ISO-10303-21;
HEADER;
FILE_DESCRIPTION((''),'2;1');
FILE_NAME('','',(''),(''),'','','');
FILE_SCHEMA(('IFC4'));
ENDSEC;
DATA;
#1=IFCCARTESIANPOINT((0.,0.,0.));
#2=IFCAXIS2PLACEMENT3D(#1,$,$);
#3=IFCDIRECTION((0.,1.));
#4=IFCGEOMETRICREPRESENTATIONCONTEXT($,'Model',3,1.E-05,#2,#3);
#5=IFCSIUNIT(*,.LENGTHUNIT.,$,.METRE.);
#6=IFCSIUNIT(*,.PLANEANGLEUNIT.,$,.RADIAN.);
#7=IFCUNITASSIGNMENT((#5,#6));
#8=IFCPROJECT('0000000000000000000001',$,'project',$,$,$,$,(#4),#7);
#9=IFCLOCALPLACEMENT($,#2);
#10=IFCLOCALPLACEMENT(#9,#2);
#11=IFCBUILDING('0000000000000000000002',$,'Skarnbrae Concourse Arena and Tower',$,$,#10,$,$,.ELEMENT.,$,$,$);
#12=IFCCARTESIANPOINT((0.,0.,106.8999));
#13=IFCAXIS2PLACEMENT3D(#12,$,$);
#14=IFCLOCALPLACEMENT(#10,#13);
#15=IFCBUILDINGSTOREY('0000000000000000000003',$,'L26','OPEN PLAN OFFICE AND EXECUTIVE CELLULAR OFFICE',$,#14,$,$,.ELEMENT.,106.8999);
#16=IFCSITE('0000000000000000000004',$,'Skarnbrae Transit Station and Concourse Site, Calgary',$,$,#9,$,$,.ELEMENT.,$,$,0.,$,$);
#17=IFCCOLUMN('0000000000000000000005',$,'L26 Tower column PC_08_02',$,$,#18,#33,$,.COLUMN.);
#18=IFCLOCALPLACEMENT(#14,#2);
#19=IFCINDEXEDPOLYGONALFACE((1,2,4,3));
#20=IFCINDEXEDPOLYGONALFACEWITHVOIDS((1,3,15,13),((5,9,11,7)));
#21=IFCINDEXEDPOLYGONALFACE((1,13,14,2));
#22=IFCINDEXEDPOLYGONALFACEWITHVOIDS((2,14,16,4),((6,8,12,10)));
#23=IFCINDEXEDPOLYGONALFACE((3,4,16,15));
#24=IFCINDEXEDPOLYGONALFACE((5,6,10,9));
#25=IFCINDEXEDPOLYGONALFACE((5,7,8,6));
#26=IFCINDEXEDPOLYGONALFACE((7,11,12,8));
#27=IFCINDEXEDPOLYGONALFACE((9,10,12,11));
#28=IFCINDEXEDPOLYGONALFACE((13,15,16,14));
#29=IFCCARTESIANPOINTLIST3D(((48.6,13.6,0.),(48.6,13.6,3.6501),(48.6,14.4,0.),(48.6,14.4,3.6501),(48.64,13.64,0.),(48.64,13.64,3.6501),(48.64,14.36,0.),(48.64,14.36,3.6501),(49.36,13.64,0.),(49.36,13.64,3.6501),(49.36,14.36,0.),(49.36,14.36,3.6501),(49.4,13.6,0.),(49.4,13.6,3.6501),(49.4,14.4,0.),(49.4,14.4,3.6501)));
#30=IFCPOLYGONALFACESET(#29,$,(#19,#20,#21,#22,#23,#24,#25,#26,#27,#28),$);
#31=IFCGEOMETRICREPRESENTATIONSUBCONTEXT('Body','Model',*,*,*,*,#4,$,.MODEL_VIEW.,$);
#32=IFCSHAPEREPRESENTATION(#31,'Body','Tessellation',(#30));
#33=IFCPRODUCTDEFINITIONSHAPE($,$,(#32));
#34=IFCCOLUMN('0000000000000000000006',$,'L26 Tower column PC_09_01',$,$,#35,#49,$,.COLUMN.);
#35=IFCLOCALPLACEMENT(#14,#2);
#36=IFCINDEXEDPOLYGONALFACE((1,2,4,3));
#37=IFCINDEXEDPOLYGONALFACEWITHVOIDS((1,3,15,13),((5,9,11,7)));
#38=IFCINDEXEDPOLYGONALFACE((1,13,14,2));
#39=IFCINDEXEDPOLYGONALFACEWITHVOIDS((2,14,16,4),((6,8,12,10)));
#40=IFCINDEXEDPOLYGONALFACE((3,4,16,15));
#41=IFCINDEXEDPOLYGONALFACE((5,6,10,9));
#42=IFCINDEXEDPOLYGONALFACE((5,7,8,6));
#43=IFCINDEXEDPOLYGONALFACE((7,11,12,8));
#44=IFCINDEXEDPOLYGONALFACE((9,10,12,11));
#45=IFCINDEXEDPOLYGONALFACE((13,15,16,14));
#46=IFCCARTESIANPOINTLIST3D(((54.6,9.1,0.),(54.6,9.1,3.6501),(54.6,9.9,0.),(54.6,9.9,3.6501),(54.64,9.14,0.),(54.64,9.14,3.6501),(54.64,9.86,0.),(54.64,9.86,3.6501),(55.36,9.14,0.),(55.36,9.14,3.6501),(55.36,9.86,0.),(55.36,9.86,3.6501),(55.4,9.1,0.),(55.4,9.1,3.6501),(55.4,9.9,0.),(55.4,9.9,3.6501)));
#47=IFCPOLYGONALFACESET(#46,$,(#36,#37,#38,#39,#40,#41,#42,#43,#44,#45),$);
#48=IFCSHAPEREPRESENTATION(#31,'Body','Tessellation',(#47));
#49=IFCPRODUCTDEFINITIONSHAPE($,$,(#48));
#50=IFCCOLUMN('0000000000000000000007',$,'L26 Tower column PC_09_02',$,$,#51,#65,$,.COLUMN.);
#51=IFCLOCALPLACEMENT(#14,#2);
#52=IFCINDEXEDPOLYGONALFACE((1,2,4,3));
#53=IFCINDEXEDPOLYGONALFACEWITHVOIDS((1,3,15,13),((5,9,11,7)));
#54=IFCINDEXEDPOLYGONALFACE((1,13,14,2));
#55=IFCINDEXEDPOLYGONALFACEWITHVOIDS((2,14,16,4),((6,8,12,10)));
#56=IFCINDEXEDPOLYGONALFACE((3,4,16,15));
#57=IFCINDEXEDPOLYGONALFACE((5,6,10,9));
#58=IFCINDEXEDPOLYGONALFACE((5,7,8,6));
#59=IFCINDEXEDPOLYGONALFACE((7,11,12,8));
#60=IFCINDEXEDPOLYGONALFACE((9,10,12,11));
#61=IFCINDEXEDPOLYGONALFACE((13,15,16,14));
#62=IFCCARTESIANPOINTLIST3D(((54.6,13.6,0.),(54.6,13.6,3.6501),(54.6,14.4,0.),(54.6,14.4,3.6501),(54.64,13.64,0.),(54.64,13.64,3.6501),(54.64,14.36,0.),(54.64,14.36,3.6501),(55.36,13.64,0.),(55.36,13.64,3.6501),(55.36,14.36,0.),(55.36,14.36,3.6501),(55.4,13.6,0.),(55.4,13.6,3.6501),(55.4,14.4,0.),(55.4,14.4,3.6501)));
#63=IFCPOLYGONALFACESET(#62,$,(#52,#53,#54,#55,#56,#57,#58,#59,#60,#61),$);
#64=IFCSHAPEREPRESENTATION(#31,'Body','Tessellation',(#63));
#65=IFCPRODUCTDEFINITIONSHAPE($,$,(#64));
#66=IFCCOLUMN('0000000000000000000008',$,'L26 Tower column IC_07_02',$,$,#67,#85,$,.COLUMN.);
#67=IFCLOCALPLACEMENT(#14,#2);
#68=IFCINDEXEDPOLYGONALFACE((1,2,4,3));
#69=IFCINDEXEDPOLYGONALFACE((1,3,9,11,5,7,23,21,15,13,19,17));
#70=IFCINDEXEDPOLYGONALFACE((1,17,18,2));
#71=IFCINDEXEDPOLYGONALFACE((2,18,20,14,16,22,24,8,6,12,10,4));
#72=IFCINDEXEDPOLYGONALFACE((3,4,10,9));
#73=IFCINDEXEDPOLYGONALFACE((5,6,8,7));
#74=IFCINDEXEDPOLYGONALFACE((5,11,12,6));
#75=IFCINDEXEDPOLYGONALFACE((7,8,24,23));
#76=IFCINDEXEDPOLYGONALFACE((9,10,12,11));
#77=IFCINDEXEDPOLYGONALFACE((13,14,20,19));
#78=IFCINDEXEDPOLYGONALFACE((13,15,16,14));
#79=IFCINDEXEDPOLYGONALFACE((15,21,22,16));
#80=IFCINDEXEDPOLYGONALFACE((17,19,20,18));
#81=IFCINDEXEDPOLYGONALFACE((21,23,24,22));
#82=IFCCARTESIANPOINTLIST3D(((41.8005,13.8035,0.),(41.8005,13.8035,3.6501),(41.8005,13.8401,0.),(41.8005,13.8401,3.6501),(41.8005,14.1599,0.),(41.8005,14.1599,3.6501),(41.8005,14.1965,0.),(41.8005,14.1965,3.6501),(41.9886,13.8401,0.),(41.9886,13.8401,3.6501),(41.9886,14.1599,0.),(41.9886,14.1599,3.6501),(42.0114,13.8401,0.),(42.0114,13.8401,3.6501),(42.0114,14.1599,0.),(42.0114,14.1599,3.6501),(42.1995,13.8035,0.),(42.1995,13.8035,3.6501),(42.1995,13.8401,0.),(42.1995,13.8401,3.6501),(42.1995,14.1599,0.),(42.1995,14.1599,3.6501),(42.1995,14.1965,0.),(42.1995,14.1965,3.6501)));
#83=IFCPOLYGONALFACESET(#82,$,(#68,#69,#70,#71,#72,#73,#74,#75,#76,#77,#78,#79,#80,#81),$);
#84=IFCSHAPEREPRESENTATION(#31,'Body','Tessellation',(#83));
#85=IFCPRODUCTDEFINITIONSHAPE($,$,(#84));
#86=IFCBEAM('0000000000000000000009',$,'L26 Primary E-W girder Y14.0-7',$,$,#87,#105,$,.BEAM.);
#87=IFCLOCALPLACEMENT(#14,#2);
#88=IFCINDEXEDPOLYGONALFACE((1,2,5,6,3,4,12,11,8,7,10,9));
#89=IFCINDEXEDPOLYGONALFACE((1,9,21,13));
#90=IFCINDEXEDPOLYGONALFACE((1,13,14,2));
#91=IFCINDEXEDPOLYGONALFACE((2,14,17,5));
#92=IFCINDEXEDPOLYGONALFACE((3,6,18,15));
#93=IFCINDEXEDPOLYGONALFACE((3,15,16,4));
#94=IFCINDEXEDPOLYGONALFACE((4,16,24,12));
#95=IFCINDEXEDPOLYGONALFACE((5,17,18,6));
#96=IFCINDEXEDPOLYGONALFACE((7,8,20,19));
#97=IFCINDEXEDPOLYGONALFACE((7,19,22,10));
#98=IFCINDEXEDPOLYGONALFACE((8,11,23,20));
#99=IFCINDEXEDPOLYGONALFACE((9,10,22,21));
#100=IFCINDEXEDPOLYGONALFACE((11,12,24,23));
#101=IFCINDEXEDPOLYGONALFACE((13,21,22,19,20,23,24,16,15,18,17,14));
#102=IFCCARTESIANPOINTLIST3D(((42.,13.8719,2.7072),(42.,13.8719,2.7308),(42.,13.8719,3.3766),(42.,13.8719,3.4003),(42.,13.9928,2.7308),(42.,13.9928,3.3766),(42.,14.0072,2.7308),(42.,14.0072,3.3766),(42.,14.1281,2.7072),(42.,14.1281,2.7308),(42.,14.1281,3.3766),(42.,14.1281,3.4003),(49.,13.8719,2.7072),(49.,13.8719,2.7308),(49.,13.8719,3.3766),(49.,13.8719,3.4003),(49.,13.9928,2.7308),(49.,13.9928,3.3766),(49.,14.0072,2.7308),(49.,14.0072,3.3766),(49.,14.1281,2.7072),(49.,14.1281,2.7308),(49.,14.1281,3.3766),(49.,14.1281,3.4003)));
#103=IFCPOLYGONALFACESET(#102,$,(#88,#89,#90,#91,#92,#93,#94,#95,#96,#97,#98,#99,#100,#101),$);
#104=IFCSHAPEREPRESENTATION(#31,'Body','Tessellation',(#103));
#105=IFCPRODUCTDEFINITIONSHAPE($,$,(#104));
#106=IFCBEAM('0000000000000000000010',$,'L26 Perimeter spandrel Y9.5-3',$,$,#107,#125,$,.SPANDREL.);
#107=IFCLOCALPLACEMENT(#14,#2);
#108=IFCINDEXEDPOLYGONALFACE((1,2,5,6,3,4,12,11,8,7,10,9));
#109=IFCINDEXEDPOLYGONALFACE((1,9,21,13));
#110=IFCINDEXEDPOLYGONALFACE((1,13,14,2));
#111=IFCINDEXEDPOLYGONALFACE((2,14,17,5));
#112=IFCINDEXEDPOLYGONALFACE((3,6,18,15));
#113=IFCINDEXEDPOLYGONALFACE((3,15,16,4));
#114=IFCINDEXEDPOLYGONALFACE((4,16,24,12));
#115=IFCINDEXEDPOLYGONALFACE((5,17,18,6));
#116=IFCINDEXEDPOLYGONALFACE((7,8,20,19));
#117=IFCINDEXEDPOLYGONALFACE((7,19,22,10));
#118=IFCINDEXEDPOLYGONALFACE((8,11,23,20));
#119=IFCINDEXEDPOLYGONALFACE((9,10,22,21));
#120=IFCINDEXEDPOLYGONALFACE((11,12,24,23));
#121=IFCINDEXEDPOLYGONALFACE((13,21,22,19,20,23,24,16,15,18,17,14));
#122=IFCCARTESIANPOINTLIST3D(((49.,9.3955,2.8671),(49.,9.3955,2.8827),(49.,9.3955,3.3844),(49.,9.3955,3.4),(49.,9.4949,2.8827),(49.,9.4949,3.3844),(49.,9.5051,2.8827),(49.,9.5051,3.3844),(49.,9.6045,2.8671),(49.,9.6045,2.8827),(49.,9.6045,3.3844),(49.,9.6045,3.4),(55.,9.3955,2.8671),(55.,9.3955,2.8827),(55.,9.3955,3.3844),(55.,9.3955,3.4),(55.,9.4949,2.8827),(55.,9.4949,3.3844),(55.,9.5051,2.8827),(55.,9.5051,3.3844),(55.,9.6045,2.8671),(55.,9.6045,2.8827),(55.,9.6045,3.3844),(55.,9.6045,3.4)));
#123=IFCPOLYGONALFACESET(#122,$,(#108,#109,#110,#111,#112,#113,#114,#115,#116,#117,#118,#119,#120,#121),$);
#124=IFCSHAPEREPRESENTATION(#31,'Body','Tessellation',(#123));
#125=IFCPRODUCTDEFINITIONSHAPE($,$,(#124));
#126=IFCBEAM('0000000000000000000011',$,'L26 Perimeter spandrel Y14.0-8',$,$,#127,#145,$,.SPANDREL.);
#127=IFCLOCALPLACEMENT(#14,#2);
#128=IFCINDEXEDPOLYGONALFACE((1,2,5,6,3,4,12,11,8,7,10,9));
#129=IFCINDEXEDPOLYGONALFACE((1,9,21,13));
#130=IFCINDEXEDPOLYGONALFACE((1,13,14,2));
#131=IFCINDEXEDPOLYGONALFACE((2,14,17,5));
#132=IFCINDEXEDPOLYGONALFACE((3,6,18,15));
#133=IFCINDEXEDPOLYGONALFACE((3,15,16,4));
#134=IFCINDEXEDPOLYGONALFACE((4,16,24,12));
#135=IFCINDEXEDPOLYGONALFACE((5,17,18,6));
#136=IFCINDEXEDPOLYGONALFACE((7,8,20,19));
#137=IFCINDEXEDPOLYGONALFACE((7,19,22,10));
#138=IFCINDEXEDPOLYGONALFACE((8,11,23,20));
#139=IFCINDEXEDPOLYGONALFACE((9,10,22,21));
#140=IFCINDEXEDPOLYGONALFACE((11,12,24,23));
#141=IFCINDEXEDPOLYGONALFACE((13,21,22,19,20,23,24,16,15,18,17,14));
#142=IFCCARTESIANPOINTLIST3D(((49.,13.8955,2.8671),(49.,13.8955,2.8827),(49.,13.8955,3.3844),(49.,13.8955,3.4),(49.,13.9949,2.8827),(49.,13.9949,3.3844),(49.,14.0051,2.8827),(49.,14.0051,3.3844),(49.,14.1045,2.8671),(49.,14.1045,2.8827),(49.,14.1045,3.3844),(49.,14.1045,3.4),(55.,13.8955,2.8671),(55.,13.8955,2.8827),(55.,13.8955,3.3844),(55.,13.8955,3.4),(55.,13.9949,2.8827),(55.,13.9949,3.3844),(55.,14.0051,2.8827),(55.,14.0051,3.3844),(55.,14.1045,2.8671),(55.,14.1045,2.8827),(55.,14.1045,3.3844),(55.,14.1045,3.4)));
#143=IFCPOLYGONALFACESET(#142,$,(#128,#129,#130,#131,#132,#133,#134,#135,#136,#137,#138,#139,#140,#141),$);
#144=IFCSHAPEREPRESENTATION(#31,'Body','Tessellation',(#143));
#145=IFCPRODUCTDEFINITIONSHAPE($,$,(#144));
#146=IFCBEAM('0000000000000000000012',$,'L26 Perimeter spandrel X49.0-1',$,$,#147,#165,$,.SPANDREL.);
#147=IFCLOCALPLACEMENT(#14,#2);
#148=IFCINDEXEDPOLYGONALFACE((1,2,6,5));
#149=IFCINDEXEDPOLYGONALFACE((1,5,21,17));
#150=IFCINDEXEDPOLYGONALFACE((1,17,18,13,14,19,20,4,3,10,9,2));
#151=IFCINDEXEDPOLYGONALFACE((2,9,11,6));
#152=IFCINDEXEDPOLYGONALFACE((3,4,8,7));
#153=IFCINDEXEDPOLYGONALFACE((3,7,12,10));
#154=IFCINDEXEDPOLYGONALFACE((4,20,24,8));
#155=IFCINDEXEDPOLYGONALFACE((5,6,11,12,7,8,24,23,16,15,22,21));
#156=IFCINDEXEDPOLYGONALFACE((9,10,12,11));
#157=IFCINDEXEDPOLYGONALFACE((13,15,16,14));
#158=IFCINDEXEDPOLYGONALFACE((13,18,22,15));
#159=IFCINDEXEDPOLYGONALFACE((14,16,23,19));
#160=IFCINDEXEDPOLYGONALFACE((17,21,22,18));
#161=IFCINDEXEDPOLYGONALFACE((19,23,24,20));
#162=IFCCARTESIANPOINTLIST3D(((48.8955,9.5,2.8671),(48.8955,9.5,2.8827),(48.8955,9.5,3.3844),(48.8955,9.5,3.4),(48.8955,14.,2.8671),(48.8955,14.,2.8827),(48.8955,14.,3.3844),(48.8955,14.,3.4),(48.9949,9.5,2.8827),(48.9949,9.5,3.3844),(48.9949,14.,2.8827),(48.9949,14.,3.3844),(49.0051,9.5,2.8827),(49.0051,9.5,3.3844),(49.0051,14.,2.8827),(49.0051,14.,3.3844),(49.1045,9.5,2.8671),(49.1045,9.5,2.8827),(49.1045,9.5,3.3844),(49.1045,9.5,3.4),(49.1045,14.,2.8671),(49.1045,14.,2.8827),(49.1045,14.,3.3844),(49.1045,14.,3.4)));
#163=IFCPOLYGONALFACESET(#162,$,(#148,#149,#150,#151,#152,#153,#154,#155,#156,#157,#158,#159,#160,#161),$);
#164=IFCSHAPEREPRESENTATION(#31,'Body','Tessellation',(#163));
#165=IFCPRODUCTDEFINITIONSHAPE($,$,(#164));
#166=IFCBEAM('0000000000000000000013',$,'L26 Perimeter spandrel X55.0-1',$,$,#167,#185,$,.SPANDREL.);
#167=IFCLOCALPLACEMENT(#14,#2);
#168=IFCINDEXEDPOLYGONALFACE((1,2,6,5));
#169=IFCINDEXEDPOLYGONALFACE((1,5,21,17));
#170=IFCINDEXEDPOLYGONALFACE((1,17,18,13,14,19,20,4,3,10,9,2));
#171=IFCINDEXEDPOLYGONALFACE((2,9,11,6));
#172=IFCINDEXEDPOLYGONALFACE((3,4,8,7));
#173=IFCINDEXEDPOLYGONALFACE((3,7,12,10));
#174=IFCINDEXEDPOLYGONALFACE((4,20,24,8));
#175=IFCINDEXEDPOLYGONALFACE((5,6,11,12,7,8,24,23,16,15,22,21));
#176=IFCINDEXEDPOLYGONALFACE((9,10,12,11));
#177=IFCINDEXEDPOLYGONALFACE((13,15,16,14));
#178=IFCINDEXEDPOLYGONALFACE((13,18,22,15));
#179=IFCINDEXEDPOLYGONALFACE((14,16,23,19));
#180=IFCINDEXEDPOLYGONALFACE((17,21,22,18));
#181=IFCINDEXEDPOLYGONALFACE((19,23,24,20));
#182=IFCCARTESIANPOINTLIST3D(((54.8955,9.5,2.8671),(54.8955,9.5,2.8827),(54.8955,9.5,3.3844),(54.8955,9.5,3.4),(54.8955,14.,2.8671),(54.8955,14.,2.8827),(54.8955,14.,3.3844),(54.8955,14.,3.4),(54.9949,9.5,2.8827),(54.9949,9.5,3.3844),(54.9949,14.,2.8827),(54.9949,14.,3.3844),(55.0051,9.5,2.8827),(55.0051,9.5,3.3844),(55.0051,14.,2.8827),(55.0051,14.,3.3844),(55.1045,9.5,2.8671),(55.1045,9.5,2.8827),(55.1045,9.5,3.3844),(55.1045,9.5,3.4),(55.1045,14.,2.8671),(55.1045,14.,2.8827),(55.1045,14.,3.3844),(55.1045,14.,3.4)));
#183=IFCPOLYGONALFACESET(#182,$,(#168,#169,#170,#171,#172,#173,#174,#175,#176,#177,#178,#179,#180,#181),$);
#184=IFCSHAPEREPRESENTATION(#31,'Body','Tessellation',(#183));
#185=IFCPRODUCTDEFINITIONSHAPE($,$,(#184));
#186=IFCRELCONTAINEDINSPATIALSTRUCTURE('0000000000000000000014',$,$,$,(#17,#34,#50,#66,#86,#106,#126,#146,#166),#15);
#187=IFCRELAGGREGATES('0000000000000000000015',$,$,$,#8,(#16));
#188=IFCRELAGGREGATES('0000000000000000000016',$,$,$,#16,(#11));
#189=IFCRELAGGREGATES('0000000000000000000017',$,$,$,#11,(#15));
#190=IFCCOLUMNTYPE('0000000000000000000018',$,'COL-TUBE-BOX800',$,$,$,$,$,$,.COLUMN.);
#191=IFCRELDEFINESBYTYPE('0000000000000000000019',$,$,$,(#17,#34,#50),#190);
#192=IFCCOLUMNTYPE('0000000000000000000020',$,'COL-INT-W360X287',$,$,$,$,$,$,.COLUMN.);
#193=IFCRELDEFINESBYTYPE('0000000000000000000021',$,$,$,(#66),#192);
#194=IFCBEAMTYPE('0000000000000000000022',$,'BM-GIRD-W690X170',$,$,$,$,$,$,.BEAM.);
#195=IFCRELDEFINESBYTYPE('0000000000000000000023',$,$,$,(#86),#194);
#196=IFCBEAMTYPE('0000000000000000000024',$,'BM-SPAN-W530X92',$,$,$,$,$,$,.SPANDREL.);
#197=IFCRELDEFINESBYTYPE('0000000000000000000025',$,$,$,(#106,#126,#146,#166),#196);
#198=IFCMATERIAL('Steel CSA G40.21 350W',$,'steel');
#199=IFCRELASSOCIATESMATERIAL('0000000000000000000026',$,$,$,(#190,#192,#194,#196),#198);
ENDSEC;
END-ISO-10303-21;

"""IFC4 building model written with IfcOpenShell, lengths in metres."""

from ifc_helpers import new_model, si_unit, direction, frame, origin, origin_2d, place, context, subcontext, project, spatial, hollow_rectangle, i_section, extrude, source, transform, mapped, material, material_profile, profile_set, type_object, element, save


model = new_model("IFC4")

# Units and contexts
model_context = context("Model", 3, precision=1e-05, world=origin(), true_north=direction((0.0, 1.0)))
body_context = subcontext(model_context, "Body", "Model", "MODEL_VIEW")
ifc_project = project(units=[si_unit("LENGTHUNIT", "METRE"), si_unit("PLANEANGLEUNIT", "RADIAN")], contexts=[model_context])

# Site, building, storey
site_placement = place(None, origin())
site = spatial("IfcSite", under=ifc_project, at=site_placement, Name="Skarnbrae Transit Station and Concourse Site, Calgary", CompositionType="ELEMENT", RefElevation=0.0)
building_placement = place(site_placement, origin())
building = spatial("IfcBuilding", under=site, at=building_placement, Name="Skarnbrae Concourse Arena and Tower", CompositionType="ELEMENT")
storey_placement = place(building_placement, frame((0.0, 0.0, 106.8999)))
storey = spatial("IfcBuildingStorey", under=building, at=storey_placement, Name="L26", Description="OPEN PLAN OFFICE AND EXECUTIVE CELLULAR OFFICE", CompositionType="ELEMENT", Elevation=106.8999)

# Columns
ifc_material_1 = material(Name="Steel CSA G40.21 350W", Category="steel")
ifc_material_profile_1 = material_profile(ifc_material_1, hollow_rectangle(XDim=0.8, YDim=0.8, WallThickness=0.04, at=origin_2d()), Name="BOX800X800X40")
ifc_profile_set_1 = profile_set([ifc_material_profile_1], Name="Steel CSA G40.21 350W")
column_type_1 = type_object("IfcColumnType", Name="COL-TUBE-BOX800", PredefinedType="COLUMN", material=ifc_profile_set_1)
shared_shape_1 = source(origin(), body_context, "Body", "SweptSolid", [
    extrude(hollow_rectangle(XDim=0.8, YDim=0.8, WallThickness=0.04, at=origin_2d()), origin(), (0.0, 0.0, 1.0), 3.6501),
])
for number, where, z_axis, x_axis, name in (
    (1, (49.0, 14.0, 0.0), (0.0, 0.0, 1.0), (1.0, 0.0, 0.0), "L26 Tower column PC_08_02"),
    (2, (55.0, 9.5, 0.0), (0.0, 0.0, 1.0), (1.0, 0.0, 0.0), "L26 Tower column PC_09_01"),
    (3, (55.0, 14.0, 0.0), (0.0, 0.0, 1.0), (1.0, 0.0, 0.0), "L26 Tower column PC_09_02"),
):
    element("IfcColumn", number, at=place(storey_placement, frame(where, z_axis=z_axis, x_axis=x_axis)), inside=storey, type_object=column_type_1, Name=name, PredefinedType="COLUMN", context=body_context, shape_type="MappedRepresentation", body=[
        mapped(shared_shape_1, transform((0.0, 0.0, 0.0))),
    ])
ifc_material_profile_2 = material_profile(ifc_material_1, i_section(OverallWidth=0.3989, OverallDepth=0.3931, WebThickness=0.0227, FlangeThickness=0.0366, at=origin_2d()), Name="W360X287")
ifc_profile_set_2 = profile_set([ifc_material_profile_2], Name="Steel CSA G40.21 350W")
column_type_2 = type_object("IfcColumnType", Name="COL-INT-W360X287", PredefinedType="COLUMN", material=ifc_profile_set_2)
shared_shape_2 = source(origin(), body_context, "Body", "SweptSolid", [
    extrude(i_section(OverallWidth=0.3989, OverallDepth=0.3931, WebThickness=0.0227, FlangeThickness=0.0366, at=origin_2d()), origin(), (0.0, 0.0, 1.0), 3.6501),
])
column_placement = place(storey_placement, frame((42.0, 14.0, 0.0), z_axis=(0.0, 0.0, 1.0), x_axis=(1.0, 0.0, 0.0)))
element("IfcColumn", 4, at=column_placement, inside=storey, type_object=column_type_2, Name="L26 Tower column IC_07_02", PredefinedType="COLUMN", context=body_context, shape_type="MappedRepresentation", body=[
    mapped(shared_shape_2, transform((0.0, 0.0, 0.0))),
])

# Beams
ifc_material_profile_3 = material_profile(ifc_material_1, i_section(OverallWidth=0.2561, OverallDepth=0.6931, WebThickness=0.0144, FlangeThickness=0.0237, at=origin_2d()), Name="W690X170")
ifc_profile_set_3 = profile_set([ifc_material_profile_3], Name="Steel CSA G40.21 350W")
beam_type_1 = type_object("IfcBeamType", Name="BM-GIRD-W690X170", PredefinedType="BEAM", material=ifc_profile_set_3)
shared_shape_3 = source(origin(), body_context, "Body", "SweptSolid", [
    extrude(i_section(OverallWidth=0.2561, OverallDepth=0.6931, WebThickness=0.0144, FlangeThickness=0.0237, at=origin_2d()), origin(), (0.0, 0.0, 1.0), 7.0),
])
beam_1_placement = place(storey_placement, frame((42.0, 14.0, 3.0537), z_axis=(1.0, 0.0, 0.0), x_axis=(0.0, 1.0, 0.0)))
element("IfcBeam", 5, at=beam_1_placement, inside=storey, type_object=beam_type_1, Name="L26 Primary E-W girder Y14.0-7", PredefinedType="BEAM", context=body_context, shape_type="MappedRepresentation", body=[
    mapped(shared_shape_3, transform((0.0, 0.0, 0.0))),
])
ifc_material_profile_4 = material_profile(ifc_material_1, i_section(OverallWidth=0.209, OverallDepth=0.533, WebThickness=0.0103, FlangeThickness=0.0156, at=origin_2d()), Name="W530X92")
ifc_profile_set_4 = profile_set([ifc_material_profile_4], Name="Steel CSA G40.21 350W")
beam_type_2 = type_object("IfcBeamType", Name="BM-SPAN-W530X92", PredefinedType="SPANDREL", material=ifc_profile_set_4)
shared_shape_4 = source(origin(), body_context, "Body", "SweptSolid", [
    extrude(i_section(OverallWidth=0.209, OverallDepth=0.533, WebThickness=0.0103, FlangeThickness=0.0156, at=origin_2d()), origin(), (0.0, 0.0, 1.0), 6.0),
])
for number, where, z_axis, x_axis, name in (
    (6, (49.0, 9.5, 3.1335), (1.0, 0.0, 0.0), (0.0, 1.0, 0.0), "L26 Perimeter spandrel Y9.5-3"),
    (7, (49.0, 14.0, 3.1335), (1.0, 0.0, 0.0), (0.0, 1.0, 0.0), "L26 Perimeter spandrel Y14.0-8"),
):
    element("IfcBeam", number, at=place(storey_placement, frame(where, z_axis=z_axis, x_axis=x_axis)), inside=storey, type_object=beam_type_2, Name=name, PredefinedType="SPANDREL", context=body_context, shape_type="MappedRepresentation", body=[
        mapped(shared_shape_4, transform((0.0, 0.0, 0.0))),
    ])
shared_shape_5 = source(origin(), body_context, "Body", "SweptSolid", [
    extrude(i_section(OverallWidth=0.209, OverallDepth=0.533, WebThickness=0.0103, FlangeThickness=0.0156, at=origin_2d()), origin(), (0.0, 0.0, 1.0), 4.5),
])
for number, where, z_axis, x_axis, name in (
    (8, (49.0, 9.5, 3.1335), (0.0, 1.0, 0.0), (-1.0, 0.0, 0.0), "L26 Perimeter spandrel X49.0-1"),
    (9, (55.0, 9.5, 3.1335), (0.0, 1.0, 0.0), (-1.0, 0.0, 0.0), "L26 Perimeter spandrel X55.0-1"),
):
    element("IfcBeam", number, at=place(storey_placement, frame(where, z_axis=z_axis, x_axis=x_axis)), inside=storey, type_object=beam_type_2, Name=name, PredefinedType="SPANDREL", context=body_context, shape_type="MappedRepresentation", body=[
        mapped(shared_shape_5, transform((0.0, 0.0, 0.0))),
    ])

save(model, "model.ifc")
